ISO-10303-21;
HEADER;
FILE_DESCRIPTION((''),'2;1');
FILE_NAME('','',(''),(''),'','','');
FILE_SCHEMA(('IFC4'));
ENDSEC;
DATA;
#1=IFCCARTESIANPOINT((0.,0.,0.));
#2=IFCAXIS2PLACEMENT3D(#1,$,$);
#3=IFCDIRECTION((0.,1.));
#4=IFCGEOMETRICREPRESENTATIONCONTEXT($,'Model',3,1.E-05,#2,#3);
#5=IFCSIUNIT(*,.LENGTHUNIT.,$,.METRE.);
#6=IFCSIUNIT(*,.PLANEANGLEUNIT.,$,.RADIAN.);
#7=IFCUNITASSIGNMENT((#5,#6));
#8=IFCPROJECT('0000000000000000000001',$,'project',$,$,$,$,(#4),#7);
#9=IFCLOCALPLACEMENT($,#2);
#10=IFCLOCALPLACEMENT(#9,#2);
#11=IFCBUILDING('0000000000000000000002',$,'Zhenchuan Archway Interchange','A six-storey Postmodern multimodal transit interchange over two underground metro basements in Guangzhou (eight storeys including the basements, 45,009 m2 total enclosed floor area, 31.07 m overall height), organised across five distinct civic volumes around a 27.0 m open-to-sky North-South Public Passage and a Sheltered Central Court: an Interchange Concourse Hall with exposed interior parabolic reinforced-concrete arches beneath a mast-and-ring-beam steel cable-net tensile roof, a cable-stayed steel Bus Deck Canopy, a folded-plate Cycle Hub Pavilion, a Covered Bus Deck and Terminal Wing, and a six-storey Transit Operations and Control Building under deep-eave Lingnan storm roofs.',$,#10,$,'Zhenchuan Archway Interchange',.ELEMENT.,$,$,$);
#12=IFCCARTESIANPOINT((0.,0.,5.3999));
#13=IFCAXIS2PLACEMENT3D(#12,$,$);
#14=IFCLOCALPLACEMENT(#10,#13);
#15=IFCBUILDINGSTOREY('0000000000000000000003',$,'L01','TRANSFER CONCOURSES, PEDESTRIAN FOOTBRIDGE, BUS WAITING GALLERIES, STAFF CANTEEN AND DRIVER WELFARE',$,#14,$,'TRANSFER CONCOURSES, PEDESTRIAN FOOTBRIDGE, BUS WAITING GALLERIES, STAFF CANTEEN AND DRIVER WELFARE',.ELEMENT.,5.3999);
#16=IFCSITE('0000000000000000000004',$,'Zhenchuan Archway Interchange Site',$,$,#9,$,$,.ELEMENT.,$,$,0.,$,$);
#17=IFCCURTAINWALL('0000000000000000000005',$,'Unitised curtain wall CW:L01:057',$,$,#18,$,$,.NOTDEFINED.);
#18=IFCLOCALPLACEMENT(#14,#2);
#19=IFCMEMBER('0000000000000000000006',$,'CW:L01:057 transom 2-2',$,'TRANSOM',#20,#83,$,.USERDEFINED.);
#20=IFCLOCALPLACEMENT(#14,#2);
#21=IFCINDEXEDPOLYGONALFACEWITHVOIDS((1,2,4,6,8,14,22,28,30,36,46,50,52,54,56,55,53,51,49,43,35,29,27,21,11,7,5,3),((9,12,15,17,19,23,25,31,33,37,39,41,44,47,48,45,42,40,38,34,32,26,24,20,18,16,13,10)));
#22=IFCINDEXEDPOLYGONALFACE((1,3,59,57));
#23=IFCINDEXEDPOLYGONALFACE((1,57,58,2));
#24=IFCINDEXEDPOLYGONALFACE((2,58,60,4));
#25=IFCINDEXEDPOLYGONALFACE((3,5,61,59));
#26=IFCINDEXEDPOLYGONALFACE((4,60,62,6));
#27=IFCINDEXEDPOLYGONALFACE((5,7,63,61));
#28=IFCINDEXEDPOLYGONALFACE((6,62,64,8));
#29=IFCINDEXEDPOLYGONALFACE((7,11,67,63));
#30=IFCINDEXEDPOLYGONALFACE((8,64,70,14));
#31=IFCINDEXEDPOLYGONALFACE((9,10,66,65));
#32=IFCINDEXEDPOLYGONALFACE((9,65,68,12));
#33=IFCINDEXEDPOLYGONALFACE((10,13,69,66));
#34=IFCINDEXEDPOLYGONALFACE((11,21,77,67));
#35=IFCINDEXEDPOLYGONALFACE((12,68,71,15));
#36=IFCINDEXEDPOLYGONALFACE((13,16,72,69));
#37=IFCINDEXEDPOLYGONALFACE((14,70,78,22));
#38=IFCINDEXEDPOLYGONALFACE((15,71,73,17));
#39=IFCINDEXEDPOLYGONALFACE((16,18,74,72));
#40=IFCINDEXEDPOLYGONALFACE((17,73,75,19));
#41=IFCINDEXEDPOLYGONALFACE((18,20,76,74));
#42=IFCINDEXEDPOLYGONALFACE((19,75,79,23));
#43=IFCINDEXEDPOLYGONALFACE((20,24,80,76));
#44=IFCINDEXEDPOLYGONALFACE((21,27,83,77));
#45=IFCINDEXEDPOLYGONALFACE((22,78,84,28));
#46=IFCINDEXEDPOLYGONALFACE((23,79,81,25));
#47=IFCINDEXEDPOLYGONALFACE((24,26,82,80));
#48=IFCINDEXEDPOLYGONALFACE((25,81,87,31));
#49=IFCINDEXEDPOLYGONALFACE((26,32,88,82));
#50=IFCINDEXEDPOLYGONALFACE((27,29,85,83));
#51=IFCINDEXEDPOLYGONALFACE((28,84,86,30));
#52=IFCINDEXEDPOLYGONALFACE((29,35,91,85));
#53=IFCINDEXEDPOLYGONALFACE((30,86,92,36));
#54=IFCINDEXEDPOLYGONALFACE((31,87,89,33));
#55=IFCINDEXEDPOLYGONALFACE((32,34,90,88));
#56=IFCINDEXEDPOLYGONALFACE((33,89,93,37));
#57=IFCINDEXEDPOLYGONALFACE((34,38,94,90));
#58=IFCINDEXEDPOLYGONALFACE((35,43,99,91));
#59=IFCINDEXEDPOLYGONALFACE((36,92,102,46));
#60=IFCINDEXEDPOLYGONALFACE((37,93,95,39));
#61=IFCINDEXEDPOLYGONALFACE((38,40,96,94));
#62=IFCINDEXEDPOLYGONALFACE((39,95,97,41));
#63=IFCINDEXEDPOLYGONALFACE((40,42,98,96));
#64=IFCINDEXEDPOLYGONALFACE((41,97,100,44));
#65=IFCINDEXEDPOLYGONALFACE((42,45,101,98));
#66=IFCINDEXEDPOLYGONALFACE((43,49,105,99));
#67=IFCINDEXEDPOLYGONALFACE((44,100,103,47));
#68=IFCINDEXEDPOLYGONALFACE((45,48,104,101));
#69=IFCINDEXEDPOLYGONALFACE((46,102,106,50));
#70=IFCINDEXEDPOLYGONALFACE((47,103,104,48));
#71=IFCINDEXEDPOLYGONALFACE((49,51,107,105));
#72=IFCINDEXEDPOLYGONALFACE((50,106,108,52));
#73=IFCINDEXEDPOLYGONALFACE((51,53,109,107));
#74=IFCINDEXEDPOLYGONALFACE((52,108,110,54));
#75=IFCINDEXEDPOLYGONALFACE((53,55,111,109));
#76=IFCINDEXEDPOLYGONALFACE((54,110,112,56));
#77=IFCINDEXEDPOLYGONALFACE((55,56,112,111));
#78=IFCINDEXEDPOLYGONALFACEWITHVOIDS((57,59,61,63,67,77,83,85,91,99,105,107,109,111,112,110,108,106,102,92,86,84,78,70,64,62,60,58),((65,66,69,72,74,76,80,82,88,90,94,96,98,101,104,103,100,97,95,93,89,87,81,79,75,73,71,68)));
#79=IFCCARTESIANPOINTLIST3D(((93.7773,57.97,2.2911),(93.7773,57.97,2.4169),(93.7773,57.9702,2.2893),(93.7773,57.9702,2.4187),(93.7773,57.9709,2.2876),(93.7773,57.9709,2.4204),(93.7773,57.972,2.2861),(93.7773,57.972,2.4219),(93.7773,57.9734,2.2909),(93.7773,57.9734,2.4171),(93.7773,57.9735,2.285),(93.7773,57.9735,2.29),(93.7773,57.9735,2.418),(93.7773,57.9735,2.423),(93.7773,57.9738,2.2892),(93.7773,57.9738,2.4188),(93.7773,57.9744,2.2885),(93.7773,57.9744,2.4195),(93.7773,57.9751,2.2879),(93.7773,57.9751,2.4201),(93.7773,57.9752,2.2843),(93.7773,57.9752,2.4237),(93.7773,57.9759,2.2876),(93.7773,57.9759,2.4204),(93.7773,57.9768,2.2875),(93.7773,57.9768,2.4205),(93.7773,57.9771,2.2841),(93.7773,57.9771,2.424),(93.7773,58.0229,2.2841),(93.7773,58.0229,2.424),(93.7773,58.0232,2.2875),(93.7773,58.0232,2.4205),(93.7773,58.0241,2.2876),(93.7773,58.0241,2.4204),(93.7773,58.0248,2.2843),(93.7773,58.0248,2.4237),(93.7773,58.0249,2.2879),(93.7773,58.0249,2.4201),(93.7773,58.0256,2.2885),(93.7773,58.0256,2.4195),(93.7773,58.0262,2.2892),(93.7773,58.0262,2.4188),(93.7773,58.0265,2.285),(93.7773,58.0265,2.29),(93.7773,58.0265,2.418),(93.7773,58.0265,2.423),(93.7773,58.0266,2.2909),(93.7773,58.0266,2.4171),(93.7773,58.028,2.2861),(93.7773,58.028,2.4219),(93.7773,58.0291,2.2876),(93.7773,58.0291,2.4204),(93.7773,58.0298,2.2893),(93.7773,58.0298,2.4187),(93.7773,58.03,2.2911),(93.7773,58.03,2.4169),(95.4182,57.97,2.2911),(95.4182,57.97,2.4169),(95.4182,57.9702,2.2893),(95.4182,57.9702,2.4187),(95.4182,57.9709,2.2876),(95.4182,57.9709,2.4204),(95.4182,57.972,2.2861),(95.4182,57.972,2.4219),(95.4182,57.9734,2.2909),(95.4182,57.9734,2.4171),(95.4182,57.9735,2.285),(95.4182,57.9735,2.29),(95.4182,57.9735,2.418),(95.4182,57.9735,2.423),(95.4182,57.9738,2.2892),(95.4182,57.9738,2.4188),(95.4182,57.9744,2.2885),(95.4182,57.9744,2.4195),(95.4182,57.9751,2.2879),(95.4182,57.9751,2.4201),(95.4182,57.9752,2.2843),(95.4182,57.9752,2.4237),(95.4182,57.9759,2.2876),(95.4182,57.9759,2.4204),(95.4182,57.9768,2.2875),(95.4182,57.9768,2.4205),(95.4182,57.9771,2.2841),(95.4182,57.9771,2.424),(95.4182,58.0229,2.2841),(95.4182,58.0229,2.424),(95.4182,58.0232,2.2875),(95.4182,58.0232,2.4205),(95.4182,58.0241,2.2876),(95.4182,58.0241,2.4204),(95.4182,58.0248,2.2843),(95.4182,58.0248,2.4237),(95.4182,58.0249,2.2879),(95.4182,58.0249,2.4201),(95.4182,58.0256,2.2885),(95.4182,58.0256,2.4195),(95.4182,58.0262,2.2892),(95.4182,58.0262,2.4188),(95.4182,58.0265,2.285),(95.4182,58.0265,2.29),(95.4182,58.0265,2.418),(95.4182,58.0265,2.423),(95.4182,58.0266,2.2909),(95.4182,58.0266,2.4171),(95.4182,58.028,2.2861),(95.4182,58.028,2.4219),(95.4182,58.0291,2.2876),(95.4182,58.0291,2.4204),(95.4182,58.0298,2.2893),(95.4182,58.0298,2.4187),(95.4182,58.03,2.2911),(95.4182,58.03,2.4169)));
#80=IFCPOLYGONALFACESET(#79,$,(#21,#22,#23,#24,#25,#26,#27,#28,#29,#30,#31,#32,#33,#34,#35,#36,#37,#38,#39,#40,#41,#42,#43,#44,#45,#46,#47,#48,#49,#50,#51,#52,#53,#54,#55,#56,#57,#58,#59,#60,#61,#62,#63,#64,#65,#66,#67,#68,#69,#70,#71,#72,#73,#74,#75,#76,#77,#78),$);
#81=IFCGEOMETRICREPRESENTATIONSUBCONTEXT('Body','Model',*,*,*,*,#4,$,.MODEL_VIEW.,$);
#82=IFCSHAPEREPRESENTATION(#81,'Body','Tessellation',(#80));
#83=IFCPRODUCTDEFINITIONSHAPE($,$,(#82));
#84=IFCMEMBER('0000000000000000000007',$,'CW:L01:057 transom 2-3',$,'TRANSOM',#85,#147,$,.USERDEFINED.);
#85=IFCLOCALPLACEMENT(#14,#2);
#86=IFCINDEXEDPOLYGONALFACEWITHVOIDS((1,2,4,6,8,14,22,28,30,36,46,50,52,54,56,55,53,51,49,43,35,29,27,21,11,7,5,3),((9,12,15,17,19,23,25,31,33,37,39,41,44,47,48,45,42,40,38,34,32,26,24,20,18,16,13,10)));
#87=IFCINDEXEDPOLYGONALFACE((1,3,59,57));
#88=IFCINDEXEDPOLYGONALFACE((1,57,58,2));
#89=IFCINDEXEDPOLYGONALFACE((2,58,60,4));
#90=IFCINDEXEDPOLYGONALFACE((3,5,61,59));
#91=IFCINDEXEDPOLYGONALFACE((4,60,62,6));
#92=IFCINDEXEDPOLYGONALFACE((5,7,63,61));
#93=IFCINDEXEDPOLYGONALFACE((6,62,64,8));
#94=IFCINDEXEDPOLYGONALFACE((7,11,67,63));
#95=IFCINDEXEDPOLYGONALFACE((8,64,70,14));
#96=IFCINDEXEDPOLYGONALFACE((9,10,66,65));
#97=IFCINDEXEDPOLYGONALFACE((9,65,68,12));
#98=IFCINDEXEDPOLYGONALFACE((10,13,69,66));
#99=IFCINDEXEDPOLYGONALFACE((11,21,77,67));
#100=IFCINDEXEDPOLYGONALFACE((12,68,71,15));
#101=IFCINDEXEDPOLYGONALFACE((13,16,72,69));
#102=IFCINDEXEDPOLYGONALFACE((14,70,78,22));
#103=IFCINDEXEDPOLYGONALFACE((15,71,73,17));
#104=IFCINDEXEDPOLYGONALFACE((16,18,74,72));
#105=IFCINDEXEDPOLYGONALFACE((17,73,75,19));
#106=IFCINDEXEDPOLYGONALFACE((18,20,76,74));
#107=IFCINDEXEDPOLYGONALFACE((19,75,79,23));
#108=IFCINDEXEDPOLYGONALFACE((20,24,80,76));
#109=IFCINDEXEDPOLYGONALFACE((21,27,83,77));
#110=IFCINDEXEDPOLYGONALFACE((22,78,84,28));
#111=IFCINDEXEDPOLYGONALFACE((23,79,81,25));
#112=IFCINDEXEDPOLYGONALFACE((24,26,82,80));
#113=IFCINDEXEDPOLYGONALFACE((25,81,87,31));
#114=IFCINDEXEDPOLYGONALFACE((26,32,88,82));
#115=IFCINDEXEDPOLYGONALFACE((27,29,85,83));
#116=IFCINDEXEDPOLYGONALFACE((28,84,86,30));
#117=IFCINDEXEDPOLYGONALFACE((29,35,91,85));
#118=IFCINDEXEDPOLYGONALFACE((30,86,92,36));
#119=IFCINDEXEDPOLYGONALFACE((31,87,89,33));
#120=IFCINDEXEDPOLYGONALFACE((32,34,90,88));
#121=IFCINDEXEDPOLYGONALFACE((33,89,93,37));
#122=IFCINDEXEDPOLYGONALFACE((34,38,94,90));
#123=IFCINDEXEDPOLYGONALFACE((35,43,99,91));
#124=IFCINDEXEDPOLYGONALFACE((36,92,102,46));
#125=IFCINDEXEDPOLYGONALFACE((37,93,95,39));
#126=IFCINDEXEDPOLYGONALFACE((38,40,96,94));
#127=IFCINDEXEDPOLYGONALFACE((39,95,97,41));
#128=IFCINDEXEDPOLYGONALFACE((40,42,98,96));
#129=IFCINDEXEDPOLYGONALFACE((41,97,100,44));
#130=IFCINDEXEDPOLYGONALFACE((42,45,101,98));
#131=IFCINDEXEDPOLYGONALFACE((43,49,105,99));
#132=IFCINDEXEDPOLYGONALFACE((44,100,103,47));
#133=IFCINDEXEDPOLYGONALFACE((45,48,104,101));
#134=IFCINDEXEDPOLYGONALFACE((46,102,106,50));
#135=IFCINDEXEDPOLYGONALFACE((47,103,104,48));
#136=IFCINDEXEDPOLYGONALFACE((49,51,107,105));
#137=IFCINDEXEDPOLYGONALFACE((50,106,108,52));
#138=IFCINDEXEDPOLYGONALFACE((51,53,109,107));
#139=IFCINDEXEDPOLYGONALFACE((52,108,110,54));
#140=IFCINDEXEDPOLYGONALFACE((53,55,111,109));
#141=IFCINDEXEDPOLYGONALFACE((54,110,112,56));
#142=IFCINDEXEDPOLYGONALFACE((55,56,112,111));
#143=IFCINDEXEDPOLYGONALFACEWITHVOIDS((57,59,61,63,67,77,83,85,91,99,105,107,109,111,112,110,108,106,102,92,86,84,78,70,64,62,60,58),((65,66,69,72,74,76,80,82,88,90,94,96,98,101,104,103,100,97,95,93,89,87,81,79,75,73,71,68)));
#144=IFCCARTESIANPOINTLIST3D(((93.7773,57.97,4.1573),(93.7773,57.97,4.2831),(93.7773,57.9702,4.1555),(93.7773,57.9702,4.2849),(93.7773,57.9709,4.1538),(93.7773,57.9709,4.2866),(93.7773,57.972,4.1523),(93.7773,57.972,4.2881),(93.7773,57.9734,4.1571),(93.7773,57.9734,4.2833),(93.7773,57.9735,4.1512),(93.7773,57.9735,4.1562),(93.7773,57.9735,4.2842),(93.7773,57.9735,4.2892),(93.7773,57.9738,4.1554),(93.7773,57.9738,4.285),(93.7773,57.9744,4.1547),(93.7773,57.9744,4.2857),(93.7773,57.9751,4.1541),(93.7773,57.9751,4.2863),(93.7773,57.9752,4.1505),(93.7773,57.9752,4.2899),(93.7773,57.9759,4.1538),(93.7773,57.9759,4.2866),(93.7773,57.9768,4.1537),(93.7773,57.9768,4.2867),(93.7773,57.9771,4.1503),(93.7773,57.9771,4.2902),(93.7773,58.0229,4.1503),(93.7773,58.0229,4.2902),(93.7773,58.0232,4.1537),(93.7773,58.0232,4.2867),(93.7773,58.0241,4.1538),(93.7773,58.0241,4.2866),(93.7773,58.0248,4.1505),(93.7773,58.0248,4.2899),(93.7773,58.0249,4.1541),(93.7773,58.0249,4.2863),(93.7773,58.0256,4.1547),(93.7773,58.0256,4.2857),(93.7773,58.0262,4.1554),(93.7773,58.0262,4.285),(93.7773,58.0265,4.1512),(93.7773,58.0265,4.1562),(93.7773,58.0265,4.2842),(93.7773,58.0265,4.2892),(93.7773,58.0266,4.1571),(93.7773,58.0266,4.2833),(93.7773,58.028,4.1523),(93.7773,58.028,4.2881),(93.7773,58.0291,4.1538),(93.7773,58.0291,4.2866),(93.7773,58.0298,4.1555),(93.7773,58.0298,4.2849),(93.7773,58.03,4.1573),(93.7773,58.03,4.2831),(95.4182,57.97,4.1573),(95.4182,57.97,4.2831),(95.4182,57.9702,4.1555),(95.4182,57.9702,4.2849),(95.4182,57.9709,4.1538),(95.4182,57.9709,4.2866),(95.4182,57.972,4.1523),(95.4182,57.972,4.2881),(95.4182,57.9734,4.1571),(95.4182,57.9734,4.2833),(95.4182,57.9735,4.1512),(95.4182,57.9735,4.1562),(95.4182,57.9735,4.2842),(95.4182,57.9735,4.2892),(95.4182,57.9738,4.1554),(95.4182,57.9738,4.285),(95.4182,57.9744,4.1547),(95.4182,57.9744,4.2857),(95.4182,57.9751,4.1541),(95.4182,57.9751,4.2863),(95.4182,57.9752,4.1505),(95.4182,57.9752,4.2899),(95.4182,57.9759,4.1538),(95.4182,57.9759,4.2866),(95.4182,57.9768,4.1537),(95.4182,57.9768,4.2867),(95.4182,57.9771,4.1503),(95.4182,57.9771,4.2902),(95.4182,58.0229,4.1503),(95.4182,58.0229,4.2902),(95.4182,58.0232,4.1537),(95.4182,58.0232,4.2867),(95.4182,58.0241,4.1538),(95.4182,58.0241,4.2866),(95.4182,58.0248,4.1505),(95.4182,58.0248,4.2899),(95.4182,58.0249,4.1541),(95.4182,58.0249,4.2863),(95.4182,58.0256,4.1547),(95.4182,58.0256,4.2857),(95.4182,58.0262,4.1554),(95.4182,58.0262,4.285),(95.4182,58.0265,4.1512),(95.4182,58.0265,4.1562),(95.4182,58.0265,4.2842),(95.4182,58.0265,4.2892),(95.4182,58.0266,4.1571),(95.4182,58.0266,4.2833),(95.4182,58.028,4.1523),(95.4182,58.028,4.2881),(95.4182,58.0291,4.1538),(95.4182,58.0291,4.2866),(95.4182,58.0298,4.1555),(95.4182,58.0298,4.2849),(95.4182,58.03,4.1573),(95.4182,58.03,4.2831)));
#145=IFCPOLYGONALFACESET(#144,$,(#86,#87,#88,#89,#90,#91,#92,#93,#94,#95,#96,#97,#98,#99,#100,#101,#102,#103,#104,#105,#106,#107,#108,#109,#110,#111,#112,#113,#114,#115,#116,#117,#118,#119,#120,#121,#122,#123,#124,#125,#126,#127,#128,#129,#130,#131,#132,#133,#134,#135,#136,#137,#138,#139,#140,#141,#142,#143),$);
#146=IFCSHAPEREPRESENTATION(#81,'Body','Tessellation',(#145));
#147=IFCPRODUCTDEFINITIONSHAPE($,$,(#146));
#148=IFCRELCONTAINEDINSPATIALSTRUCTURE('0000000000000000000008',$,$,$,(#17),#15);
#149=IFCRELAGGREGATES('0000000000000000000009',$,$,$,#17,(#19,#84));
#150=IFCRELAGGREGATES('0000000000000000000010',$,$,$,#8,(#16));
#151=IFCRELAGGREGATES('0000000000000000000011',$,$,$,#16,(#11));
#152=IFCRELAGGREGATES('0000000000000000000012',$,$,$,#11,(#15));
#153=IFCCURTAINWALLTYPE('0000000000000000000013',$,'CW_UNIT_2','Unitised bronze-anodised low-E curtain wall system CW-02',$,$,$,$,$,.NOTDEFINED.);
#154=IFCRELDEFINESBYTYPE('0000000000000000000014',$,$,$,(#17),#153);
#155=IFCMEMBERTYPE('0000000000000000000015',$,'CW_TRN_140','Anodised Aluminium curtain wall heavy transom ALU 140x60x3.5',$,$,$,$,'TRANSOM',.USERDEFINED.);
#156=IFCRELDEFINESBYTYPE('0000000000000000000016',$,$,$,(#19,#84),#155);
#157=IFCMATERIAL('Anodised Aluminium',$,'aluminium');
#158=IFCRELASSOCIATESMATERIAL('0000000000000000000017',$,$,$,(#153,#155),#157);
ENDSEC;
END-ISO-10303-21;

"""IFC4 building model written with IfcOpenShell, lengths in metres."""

from ifc_helpers import new_model, si_unit, direction, frame, origin, origin_2d, place, context, subcontext, project, spatial, hollow_rectangle, extrude, material, material_profile, profile_set, type_object, element, aggregate, save


model = new_model("IFC4")

# Units and contexts
model_context = context("Model", 3, precision=1e-05, world=origin(), true_north=direction((0.0, 1.0)))
body_context = subcontext(model_context, "Body", "Model", "MODEL_VIEW")
ifc_project = project(units=[si_unit("LENGTHUNIT", "METRE"), si_unit("PLANEANGLEUNIT", "RADIAN")], contexts=[model_context])

# Site, building, storey
site_placement = place(None, origin())
site = spatial("IfcSite", under=ifc_project, at=site_placement, Name="Zhenchuan Archway Interchange Site", CompositionType="ELEMENT", RefElevation=0.0)
building_placement = place(site_placement, origin())
building = spatial("IfcBuilding", under=site, at=building_placement, Name="Zhenchuan Archway Interchange", Description="A six-storey Postmodern multimodal transit interchange over two underground metro basements in Guangzhou (eight storeys including the basements, 45,009 m2 total enclosed floor area, 31.07 m overall height), organised across five distinct civic volumes around a 27.0 m open-to-sky North-South Public Passage and a Sheltered Central Court: an Interchange Concourse Hall with exposed interior parabolic reinforced-concrete arches beneath a mast-and-ring-beam steel cable-net tensile roof, a cable-stayed steel Bus Deck Canopy, a folded-plate Cycle Hub Pavilion, a Covered Bus Deck and Terminal Wing, and a six-storey Transit Operations and Control Building under deep-eave Lingnan storm roofs.", LongName="Zhenchuan Archway Interchange", CompositionType="ELEMENT")
storey_placement = place(building_placement, frame((0.0, 0.0, 5.3999)))
storey = spatial("IfcBuildingStorey", under=building, at=storey_placement, Name="L01", Description="TRANSFER CONCOURSES, PEDESTRIAN FOOTBRIDGE, BUS WAITING GALLERIES, STAFF CANTEEN AND DRIVER WELFARE", LongName="TRANSFER CONCOURSES, PEDESTRIAN FOOTBRIDGE, BUS WAITING GALLERIES, STAFF CANTEEN AND DRIVER WELFARE", CompositionType="ELEMENT", Elevation=5.3999)

# Shared definitions
ifc_material_1 = material(Name="Anodised Aluminium", Category="aluminium")

# Curtain wall
curtain_wall_type_1 = type_object("IfcCurtainWallType", Name="CW_UNIT_2", Description="Unitised bronze-anodised low-E curtain wall system CW-02", PredefinedType="NOTDEFINED", material=ifc_material_1)
curtain_wall_1_placement = place(storey_placement, origin())
curtain_wall_1 = element("IfcCurtainWall", 1, at=curtain_wall_1_placement, inside=storey, type_object=curtain_wall_type_1, Name="Unitised curtain wall CW:L01:057", PredefinedType="NOTDEFINED")

# Members
ifc_material_profile_1 = material_profile(ifc_material_1, hollow_rectangle(XDim=0.0601, YDim=0.1399, WallThickness=0.0034, InnerFilletRadius=0.0034, OuterFilletRadius=0.0071, at=origin_2d()), Name="ALU 140x60x3.5")
ifc_profile_set_1 = profile_set([ifc_material_profile_1], Name="Anodised Aluminium")
member_type_1 = type_object("IfcMemberType", Name="CW_TRN_140", Description="Anodised Aluminium curtain wall heavy transom ALU 140x60x3.5", ElementType="TRANSOM", PredefinedType="USERDEFINED", material=ifc_profile_set_1)
member_1_placement = place(storey_placement, frame((93.7773, 58.0, 2.354), z_axis=(1.0, 0.0, 0.0), x_axis=(0.0, 1.0, 0.0)))
member_1 = element("IfcMember", 2, at=member_1_placement, type_object=member_type_1, Name="CW:L01:057 transom 2-2", ObjectType="TRANSOM", PredefinedType="USERDEFINED", context=body_context, shape_type="SweptSolid", body=[
    extrude(hollow_rectangle(XDim=0.0601, YDim=0.1399, WallThickness=0.0034, InnerFilletRadius=0.0034, OuterFilletRadius=0.0071, at=origin_2d()), origin(), (0.0, 0.0, 1.0), 1.6409),
])
member_2_placement = place(storey_placement, frame((93.7773, 58.0, 4.2202), z_axis=(1.0, 0.0, 0.0), x_axis=(0.0, 1.0, 0.0)))
member_2 = element("IfcMember", 3, at=member_2_placement, type_object=member_type_1, Name="CW:L01:057 transom 2-3", ObjectType="TRANSOM", PredefinedType="USERDEFINED", context=body_context, shape_type="SweptSolid", body=[
    extrude(hollow_rectangle(XDim=0.0601, YDim=0.1399, WallThickness=0.0034, InnerFilletRadius=0.0034, OuterFilletRadius=0.0071, at=origin_2d()), origin(), (0.0, 0.0, 1.0), 1.6409),
])

aggregate(curtain_wall_1, [member_1, member_2])

save(model, "model.ifc")
